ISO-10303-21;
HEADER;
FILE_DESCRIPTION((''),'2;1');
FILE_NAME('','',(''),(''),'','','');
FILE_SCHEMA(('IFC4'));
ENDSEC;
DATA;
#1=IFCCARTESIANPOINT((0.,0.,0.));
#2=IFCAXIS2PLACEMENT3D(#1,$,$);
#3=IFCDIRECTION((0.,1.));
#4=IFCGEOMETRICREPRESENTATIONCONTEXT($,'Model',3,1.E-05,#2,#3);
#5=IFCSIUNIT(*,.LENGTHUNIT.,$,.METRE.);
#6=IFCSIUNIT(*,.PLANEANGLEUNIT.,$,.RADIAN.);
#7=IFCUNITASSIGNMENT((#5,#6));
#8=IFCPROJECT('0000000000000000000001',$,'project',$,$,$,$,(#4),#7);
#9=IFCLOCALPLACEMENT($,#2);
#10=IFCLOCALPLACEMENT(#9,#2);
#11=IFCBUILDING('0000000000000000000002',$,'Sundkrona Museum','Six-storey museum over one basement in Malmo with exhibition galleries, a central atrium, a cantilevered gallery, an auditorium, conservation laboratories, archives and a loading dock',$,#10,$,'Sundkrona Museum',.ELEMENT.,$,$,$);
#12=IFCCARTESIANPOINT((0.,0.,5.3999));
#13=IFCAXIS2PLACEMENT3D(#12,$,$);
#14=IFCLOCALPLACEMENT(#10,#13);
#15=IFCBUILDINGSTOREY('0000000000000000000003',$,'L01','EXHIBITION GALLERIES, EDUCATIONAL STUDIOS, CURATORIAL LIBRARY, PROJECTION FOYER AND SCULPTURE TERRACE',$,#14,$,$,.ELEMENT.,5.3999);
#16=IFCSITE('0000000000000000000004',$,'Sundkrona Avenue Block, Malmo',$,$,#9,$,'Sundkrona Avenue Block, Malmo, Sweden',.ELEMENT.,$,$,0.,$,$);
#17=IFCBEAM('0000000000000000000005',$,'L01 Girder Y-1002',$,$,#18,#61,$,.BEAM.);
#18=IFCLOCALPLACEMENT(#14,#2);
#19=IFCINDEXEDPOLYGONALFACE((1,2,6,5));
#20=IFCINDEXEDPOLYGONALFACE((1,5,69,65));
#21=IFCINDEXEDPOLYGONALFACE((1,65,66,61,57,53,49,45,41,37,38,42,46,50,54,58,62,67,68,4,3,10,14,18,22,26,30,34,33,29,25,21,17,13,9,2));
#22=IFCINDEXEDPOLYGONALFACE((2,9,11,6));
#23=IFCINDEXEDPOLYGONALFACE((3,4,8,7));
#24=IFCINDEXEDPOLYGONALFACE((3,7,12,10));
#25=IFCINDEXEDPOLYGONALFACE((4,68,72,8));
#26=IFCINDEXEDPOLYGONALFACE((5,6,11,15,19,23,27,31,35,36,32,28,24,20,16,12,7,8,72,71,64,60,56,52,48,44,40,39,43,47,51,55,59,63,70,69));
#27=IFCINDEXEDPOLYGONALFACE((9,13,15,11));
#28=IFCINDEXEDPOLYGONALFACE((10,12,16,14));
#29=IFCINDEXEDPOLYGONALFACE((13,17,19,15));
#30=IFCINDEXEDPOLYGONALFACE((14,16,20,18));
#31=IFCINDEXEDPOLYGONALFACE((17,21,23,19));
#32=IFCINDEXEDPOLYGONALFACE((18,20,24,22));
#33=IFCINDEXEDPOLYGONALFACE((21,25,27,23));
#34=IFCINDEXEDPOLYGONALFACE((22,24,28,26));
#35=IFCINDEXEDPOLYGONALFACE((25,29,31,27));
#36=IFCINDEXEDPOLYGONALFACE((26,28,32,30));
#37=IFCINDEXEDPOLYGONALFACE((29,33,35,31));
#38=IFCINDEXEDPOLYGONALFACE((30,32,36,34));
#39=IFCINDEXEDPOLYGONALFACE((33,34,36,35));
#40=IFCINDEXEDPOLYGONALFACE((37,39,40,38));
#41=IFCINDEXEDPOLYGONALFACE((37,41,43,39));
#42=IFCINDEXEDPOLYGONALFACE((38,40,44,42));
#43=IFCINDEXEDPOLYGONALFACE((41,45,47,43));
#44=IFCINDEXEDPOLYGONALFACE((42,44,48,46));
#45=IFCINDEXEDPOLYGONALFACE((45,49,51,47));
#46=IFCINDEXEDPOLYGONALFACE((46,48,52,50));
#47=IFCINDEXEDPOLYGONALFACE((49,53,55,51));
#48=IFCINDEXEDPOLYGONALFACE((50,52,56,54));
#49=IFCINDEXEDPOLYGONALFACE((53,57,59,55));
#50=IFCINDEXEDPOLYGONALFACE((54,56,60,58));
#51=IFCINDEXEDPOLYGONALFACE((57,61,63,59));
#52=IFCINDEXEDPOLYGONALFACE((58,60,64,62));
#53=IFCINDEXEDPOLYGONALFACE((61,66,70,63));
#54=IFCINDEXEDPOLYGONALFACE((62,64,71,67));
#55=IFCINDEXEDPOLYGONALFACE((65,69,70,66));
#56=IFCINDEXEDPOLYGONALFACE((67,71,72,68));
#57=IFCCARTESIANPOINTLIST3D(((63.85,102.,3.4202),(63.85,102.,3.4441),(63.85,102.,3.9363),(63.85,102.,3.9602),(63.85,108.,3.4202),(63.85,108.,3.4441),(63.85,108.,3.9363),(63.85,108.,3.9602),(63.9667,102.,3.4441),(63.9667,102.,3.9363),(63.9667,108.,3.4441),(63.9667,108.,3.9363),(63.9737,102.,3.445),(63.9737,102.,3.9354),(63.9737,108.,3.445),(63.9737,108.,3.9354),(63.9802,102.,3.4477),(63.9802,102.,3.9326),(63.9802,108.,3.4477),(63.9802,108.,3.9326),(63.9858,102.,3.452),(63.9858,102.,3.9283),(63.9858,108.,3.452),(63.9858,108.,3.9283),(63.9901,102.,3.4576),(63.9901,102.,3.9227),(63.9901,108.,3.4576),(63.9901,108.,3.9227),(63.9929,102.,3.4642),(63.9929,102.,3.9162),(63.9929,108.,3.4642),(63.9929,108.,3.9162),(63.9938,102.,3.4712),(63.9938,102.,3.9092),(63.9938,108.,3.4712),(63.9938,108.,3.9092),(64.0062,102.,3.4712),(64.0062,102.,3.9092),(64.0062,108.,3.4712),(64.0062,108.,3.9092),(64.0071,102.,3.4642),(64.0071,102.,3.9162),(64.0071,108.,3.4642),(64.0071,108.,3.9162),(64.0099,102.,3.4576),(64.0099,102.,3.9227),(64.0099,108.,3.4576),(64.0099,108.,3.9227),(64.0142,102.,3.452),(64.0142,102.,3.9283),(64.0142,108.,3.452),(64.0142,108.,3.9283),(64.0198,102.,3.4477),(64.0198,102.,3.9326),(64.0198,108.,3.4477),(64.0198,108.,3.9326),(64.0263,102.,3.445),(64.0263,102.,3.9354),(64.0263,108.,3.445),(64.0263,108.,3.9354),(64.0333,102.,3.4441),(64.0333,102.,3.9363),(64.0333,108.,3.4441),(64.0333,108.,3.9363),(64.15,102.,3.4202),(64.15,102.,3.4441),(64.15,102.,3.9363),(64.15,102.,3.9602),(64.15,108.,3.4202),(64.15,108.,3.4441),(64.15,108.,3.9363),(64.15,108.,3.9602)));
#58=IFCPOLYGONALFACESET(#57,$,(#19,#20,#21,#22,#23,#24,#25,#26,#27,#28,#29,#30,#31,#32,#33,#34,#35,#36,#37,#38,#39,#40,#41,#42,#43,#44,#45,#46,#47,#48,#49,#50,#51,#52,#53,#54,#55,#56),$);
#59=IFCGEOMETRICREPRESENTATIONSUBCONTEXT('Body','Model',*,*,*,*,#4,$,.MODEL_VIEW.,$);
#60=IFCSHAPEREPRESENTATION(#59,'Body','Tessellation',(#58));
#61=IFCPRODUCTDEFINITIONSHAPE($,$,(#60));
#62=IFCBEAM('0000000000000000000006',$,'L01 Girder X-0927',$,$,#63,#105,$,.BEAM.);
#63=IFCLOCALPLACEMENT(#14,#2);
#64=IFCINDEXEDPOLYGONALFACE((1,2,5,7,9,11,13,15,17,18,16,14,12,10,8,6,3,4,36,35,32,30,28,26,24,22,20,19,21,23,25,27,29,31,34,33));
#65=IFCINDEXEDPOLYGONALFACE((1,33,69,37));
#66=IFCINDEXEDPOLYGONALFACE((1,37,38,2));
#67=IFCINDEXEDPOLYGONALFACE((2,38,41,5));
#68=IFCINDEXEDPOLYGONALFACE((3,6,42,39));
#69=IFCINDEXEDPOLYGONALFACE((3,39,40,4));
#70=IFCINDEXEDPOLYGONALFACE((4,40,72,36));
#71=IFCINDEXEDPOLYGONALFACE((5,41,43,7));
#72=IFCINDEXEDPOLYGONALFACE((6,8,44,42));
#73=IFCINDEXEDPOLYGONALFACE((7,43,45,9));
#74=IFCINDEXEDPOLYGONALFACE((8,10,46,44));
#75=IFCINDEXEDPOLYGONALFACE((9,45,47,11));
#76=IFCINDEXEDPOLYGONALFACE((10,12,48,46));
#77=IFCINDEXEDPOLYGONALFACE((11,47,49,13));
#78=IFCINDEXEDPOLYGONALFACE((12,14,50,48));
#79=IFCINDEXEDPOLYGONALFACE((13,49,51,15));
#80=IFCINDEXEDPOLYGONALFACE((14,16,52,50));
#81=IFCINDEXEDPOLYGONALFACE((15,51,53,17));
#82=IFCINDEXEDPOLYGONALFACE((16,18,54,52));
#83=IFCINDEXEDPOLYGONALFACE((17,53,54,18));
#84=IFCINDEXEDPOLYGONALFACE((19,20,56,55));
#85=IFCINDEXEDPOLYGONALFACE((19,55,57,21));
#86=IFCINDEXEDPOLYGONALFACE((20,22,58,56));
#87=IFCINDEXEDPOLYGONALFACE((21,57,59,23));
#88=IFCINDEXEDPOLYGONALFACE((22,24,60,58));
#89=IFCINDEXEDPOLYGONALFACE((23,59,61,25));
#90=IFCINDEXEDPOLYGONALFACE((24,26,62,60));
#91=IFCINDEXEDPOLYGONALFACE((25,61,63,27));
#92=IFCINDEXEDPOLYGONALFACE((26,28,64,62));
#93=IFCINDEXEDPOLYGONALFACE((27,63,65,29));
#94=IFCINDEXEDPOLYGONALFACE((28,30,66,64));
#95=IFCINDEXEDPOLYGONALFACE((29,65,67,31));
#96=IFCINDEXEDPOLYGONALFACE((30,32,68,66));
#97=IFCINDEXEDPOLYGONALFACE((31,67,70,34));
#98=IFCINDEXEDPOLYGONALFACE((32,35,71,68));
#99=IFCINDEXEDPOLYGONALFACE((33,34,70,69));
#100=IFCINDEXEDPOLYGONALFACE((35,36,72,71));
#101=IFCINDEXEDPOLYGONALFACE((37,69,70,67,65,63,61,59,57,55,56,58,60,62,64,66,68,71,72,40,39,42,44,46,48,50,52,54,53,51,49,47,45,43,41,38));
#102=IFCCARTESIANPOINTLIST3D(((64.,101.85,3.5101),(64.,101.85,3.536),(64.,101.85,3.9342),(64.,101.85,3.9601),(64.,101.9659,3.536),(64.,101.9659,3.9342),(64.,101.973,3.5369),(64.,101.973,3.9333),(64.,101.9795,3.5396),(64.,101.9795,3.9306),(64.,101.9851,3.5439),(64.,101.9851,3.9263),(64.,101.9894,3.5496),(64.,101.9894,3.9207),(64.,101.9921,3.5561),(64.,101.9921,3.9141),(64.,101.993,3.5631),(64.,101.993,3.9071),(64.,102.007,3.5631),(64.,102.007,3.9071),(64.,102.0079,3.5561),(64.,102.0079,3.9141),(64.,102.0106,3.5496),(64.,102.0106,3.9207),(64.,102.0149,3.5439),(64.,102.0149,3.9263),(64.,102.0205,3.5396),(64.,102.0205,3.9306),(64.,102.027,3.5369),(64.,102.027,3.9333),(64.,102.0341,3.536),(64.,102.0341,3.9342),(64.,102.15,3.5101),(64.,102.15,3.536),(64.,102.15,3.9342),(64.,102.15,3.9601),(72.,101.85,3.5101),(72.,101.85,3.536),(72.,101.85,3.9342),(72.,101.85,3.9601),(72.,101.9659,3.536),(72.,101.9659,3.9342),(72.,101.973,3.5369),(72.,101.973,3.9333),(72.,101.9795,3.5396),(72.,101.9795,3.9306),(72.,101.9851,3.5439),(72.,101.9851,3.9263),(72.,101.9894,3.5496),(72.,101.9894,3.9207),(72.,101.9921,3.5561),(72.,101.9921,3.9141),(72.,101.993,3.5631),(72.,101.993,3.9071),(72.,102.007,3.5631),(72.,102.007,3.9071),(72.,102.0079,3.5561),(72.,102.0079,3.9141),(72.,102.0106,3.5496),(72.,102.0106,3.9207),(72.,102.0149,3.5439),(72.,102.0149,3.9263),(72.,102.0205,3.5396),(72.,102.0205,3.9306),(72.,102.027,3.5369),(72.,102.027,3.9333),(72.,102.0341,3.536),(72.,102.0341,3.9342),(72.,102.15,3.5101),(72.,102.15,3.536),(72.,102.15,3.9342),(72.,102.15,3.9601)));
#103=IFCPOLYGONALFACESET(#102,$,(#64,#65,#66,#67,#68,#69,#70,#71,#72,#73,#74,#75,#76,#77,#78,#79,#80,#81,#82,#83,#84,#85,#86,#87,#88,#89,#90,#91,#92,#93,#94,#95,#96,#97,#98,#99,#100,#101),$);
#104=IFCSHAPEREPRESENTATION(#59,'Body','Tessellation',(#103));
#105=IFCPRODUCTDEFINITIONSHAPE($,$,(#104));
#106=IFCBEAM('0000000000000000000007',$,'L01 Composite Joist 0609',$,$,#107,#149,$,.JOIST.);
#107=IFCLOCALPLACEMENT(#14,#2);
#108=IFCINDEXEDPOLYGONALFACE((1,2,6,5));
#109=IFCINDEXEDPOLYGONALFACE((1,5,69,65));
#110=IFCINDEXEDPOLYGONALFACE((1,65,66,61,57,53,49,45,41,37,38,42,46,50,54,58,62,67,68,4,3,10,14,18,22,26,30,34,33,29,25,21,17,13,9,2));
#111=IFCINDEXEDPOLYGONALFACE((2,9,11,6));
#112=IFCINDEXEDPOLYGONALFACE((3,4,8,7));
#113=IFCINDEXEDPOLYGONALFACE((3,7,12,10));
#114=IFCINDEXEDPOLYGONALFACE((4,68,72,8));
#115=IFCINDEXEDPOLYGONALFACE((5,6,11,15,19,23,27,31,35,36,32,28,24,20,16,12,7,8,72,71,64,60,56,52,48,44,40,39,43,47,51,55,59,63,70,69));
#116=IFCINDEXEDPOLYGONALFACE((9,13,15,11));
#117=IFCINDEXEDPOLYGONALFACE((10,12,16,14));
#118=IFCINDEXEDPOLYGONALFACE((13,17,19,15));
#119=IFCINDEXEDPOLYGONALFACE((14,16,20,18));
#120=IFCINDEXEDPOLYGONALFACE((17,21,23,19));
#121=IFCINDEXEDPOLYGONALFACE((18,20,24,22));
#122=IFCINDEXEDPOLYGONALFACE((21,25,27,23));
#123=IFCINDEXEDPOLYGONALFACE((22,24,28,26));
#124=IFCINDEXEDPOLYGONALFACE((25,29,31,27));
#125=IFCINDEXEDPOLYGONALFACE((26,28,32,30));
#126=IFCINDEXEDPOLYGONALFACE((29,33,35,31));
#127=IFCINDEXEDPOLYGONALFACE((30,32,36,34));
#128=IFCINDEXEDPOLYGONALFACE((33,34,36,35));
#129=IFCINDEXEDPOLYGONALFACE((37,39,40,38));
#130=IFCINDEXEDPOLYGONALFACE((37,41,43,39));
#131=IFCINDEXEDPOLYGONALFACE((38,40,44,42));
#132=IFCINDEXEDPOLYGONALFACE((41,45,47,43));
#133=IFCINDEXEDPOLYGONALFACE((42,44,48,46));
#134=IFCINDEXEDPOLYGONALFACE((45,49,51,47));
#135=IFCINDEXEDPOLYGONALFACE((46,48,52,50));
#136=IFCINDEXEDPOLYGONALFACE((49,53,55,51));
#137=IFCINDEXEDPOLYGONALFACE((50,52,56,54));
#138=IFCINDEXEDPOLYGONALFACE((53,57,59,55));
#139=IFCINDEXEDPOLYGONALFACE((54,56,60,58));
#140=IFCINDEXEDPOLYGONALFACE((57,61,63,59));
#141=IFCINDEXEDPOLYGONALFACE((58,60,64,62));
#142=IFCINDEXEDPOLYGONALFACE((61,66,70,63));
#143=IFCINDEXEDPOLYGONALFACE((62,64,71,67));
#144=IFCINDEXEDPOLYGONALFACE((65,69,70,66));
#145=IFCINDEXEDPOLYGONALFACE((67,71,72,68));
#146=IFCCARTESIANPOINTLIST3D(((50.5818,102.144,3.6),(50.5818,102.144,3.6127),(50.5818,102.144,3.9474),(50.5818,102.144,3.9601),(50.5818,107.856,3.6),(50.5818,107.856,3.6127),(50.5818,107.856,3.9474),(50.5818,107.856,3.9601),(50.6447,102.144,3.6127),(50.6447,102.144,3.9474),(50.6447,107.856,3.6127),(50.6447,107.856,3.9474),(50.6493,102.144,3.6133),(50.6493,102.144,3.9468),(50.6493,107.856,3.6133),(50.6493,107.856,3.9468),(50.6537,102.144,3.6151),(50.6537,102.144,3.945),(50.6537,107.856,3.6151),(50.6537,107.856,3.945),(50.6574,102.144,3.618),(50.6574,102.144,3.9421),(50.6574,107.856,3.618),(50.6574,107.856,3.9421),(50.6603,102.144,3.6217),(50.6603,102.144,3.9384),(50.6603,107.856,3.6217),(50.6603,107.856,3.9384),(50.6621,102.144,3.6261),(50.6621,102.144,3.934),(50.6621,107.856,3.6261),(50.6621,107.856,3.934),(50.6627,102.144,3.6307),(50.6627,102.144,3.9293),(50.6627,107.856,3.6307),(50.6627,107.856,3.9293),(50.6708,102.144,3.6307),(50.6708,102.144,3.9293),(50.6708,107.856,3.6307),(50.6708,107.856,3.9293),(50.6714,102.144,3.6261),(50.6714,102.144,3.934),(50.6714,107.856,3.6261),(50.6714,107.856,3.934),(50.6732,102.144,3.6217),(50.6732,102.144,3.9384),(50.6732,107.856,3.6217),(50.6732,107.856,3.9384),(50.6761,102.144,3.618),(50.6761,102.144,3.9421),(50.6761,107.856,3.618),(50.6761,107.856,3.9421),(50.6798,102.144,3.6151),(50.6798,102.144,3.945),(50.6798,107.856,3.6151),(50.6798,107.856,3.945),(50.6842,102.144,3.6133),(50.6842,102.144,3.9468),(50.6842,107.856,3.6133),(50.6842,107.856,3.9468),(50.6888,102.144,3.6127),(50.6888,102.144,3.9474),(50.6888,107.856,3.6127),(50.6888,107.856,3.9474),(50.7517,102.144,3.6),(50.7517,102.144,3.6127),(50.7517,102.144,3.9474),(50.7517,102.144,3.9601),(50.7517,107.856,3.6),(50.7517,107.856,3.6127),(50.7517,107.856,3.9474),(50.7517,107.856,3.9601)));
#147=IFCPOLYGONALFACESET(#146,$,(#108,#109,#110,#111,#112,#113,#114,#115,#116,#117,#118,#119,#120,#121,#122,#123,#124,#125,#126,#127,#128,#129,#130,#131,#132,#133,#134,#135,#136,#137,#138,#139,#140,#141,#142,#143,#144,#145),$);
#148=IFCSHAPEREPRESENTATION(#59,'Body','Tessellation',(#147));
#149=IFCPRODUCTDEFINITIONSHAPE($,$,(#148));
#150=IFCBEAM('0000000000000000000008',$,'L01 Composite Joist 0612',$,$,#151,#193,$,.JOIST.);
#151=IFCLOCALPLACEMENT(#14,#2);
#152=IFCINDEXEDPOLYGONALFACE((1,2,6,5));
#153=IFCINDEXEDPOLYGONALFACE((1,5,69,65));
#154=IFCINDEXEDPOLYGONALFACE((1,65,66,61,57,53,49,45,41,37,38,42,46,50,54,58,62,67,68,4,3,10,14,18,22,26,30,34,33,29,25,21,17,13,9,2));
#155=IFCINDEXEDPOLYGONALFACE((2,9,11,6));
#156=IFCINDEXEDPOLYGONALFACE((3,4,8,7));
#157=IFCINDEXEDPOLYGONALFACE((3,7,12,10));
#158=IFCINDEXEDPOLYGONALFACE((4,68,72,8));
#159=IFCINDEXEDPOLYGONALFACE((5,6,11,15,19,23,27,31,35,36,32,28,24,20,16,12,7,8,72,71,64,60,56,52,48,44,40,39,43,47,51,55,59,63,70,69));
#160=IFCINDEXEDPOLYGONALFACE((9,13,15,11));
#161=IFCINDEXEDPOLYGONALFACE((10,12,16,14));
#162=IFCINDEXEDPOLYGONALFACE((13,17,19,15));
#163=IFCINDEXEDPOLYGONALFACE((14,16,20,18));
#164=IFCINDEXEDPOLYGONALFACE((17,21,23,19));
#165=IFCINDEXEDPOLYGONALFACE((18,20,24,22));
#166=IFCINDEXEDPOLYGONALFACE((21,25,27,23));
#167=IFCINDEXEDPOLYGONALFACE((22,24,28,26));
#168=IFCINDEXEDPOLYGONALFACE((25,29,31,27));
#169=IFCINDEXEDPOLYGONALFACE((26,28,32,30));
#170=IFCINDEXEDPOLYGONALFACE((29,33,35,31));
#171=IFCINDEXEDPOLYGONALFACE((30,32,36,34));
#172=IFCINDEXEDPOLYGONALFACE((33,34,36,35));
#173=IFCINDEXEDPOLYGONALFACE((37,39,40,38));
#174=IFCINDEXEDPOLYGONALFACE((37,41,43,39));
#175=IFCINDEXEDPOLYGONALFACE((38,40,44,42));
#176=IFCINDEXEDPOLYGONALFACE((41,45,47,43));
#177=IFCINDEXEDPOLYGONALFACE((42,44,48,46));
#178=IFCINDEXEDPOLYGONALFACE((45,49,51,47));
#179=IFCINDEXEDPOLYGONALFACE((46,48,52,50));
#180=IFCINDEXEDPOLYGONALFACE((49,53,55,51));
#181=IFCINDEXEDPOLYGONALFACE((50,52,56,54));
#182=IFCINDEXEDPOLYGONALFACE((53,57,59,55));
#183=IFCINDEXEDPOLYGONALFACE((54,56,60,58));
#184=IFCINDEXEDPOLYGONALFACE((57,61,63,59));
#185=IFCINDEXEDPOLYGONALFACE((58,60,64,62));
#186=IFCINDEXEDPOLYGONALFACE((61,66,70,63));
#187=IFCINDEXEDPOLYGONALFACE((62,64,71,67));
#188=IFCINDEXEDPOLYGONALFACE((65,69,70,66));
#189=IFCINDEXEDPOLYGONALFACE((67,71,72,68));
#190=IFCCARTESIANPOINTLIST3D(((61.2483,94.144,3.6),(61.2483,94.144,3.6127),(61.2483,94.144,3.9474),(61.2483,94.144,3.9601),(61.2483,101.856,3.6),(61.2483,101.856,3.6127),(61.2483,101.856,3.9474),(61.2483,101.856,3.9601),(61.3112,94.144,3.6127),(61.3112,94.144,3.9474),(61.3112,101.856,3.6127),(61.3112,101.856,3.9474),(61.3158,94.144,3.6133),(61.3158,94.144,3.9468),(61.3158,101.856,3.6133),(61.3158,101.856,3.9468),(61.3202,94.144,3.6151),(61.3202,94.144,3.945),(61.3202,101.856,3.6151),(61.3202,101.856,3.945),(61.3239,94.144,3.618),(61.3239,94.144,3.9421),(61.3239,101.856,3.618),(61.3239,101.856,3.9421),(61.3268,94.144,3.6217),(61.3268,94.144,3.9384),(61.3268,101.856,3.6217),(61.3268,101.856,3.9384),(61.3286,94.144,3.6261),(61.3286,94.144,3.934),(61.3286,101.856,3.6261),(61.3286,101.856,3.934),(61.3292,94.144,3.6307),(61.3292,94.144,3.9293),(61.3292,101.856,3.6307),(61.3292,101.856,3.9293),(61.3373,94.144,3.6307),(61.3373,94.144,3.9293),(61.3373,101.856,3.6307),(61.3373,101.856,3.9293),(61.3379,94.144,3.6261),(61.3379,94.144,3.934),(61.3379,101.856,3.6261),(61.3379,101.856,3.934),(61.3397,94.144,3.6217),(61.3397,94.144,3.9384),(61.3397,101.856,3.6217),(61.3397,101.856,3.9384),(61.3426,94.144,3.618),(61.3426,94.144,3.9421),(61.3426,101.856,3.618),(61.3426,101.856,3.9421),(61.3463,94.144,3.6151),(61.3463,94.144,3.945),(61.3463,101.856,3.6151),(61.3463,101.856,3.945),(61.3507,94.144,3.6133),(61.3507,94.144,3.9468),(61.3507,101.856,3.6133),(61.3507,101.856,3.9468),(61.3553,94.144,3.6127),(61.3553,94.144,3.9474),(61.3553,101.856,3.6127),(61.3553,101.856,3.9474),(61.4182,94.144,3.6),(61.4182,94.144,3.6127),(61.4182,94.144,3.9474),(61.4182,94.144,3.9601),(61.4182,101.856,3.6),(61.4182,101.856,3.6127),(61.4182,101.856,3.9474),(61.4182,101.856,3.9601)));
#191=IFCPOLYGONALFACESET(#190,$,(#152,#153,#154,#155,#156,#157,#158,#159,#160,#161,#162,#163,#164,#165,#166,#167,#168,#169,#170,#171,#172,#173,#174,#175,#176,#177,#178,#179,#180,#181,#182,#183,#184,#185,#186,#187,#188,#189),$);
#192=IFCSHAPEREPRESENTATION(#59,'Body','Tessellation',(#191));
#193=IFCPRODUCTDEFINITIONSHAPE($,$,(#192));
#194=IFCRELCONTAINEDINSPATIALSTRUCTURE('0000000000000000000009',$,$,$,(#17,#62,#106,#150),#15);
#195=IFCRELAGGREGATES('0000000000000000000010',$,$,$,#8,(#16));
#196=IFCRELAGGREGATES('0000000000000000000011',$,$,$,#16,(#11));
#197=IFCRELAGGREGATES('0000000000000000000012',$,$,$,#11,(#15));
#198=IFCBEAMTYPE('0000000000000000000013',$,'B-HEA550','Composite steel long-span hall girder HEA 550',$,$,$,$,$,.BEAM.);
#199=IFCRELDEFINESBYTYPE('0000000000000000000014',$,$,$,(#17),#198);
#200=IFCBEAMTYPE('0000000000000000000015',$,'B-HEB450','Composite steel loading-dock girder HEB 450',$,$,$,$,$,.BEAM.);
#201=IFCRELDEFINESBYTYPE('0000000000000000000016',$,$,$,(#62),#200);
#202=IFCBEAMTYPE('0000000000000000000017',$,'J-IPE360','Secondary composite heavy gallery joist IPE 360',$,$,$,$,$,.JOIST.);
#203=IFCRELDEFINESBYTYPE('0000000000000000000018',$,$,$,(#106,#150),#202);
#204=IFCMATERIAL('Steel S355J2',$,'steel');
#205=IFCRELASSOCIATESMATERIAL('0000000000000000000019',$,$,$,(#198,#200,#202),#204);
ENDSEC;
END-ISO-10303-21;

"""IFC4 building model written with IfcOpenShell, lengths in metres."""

from ifc_helpers import new_model, si_unit, direction, frame, origin, origin_2d, place, context, subcontext, project, spatial, i_section, extrude, material, material_profile, profile_set, type_object, element, save


model = new_model("IFC4")

# Units and contexts
model_context = context("Model", 3, precision=1e-05, world=origin(), true_north=direction((0.0, 1.0)))
body_context = subcontext(model_context, "Body", "Model", "MODEL_VIEW")
ifc_project = project(units=[si_unit("LENGTHUNIT", "METRE"), si_unit("PLANEANGLEUNIT", "RADIAN")], contexts=[model_context])

# Site, building, storey
site_placement = place(None, origin())
site = spatial("IfcSite", under=ifc_project, at=site_placement, Name="Sundkrona Avenue Block, Malmo", LongName="Sundkrona Avenue Block, Malmo, Sweden", CompositionType="ELEMENT", RefElevation=0.0)
building_placement = place(site_placement, origin())
building = spatial("IfcBuilding", under=site, at=building_placement, Name="Sundkrona Museum", Description="Six-storey museum over one basement in Malmo with exhibition galleries, a central atrium, a cantilevered gallery, an auditorium, conservation laboratories, archives and a loading dock", LongName="Sundkrona Museum", CompositionType="ELEMENT")
storey_placement = place(building_placement, frame((0.0, 0.0, 5.3999)))
storey = spatial("IfcBuildingStorey", under=building, at=storey_placement, Name="L01", Description="EXHIBITION GALLERIES, EDUCATIONAL STUDIOS, CURATORIAL LIBRARY, PROJECTION FOYER AND SCULPTURE TERRACE", CompositionType="ELEMENT", Elevation=5.3999)

# Shared definitions
ifc_material_1 = material(Name="Steel S355J2", Category="steel")

# Beams
ifc_material_profile_1 = material_profile(ifc_material_1, i_section(OverallWidth=0.3, OverallDepth=0.54, WebThickness=0.0125, FlangeThickness=0.0239, FilletRadius=0.0271, at=origin_2d()), Name="HEA 550")
ifc_profile_set_1 = profile_set([ifc_material_profile_1], Name="Steel S355J2")
beam_type_1 = type_object("IfcBeamType", Name="B-HEA550", Description="Composite steel long-span hall girder HEA 550", PredefinedType="BEAM", material=ifc_profile_set_1)
for number, where, z_axis, x_axis, name in (
    (1, (64.0, 102.0, 3.6902), (0.0, 1.0, 0.0), (-1.0, 0.0, 0.0), "L01 Girder Y-1002"),
):
    element("IfcBeam", number, at=place(storey_placement, frame(where, z_axis=z_axis, x_axis=x_axis)), inside=storey, type_object=beam_type_1, Name=name, PredefinedType="BEAM", context=body_context, shape_type="SweptSolid", body=[
        extrude(i_section(OverallWidth=0.3, OverallDepth=0.54, WebThickness=0.0125, FlangeThickness=0.0239, FilletRadius=0.0271, at=origin_2d()), origin(), (0.0, 0.0, 1.0), 6.0),
    ])
ifc_material_profile_2 = material_profile(ifc_material_1, i_section(OverallWidth=0.3, OverallDepth=0.45, WebThickness=0.0139, FlangeThickness=0.0259, FilletRadius=0.0271, at=origin_2d()), Name="HEB 450")
ifc_profile_set_2 = profile_set([ifc_material_profile_2], Name="Steel S355J2")
beam_type_2 = type_object("IfcBeamType", Name="B-HEB450", Description="Composite steel loading-dock girder HEB 450", PredefinedType="BEAM", material=ifc_profile_set_2)
beam_1_placement = place(storey_placement, frame((64.0, 102.0, 3.7351), z_axis=(1.0, 0.0, 0.0), x_axis=(0.0, 1.0, 0.0)))
element("IfcBeam", 2, at=beam_1_placement, inside=storey, type_object=beam_type_2, Name="L01 Girder X-0927", PredefinedType="BEAM", context=body_context, shape_type="SweptSolid", body=[
    extrude(i_section(OverallWidth=0.3, OverallDepth=0.45, WebThickness=0.0139, FlangeThickness=0.0259, FilletRadius=0.0271, at=origin_2d()), origin(), (0.0, 0.0, 1.0), 8.0),
])
ifc_material_profile_3 = material_profile(ifc_material_1, i_section(OverallWidth=0.1699, OverallDepth=0.3601, WebThickness=0.0081, FlangeThickness=0.0127, FilletRadius=0.0181, at=origin_2d()), Name="IPE 360")
ifc_profile_set_3 = profile_set([ifc_material_profile_3], Name="Steel S355J2")
beam_type_3 = type_object("IfcBeamType", Name="J-IPE360", Description="Secondary composite heavy gallery joist IPE 360", PredefinedType="JOIST", material=ifc_profile_set_3)
beam_2_placement = place(storey_placement, frame((50.6667, 102.144, 3.78), z_axis=(0.0, 1.0, 0.0), x_axis=(-1.0, 0.0, 0.0)))
element("IfcBeam", 3, at=beam_2_placement, inside=storey, type_object=beam_type_3, Name="L01 Composite Joist 0609", PredefinedType="JOIST", context=body_context, shape_type="SweptSolid", body=[
    extrude(i_section(OverallWidth=0.1699, OverallDepth=0.3601, WebThickness=0.0081, FlangeThickness=0.0127, FilletRadius=0.0181, at=origin_2d()), origin(), (0.0, 0.0, 1.0), 5.7119),
])
beam_3_placement = place(storey_placement, frame((61.3333, 94.144, 3.78), z_axis=(0.0, 1.0, 0.0), x_axis=(-1.0, 0.0, 0.0)))
element("IfcBeam", 4, at=beam_3_placement, inside=storey, type_object=beam_type_3, Name="L01 Composite Joist 0612", PredefinedType="JOIST", context=body_context, shape_type="SweptSolid", body=[
    extrude(i_section(OverallWidth=0.1699, OverallDepth=0.3601, WebThickness=0.0081, FlangeThickness=0.0127, FilletRadius=0.0181, at=origin_2d()), origin(), (0.0, 0.0, 1.0), 7.7119),
])

save(model, "model.ifc")
